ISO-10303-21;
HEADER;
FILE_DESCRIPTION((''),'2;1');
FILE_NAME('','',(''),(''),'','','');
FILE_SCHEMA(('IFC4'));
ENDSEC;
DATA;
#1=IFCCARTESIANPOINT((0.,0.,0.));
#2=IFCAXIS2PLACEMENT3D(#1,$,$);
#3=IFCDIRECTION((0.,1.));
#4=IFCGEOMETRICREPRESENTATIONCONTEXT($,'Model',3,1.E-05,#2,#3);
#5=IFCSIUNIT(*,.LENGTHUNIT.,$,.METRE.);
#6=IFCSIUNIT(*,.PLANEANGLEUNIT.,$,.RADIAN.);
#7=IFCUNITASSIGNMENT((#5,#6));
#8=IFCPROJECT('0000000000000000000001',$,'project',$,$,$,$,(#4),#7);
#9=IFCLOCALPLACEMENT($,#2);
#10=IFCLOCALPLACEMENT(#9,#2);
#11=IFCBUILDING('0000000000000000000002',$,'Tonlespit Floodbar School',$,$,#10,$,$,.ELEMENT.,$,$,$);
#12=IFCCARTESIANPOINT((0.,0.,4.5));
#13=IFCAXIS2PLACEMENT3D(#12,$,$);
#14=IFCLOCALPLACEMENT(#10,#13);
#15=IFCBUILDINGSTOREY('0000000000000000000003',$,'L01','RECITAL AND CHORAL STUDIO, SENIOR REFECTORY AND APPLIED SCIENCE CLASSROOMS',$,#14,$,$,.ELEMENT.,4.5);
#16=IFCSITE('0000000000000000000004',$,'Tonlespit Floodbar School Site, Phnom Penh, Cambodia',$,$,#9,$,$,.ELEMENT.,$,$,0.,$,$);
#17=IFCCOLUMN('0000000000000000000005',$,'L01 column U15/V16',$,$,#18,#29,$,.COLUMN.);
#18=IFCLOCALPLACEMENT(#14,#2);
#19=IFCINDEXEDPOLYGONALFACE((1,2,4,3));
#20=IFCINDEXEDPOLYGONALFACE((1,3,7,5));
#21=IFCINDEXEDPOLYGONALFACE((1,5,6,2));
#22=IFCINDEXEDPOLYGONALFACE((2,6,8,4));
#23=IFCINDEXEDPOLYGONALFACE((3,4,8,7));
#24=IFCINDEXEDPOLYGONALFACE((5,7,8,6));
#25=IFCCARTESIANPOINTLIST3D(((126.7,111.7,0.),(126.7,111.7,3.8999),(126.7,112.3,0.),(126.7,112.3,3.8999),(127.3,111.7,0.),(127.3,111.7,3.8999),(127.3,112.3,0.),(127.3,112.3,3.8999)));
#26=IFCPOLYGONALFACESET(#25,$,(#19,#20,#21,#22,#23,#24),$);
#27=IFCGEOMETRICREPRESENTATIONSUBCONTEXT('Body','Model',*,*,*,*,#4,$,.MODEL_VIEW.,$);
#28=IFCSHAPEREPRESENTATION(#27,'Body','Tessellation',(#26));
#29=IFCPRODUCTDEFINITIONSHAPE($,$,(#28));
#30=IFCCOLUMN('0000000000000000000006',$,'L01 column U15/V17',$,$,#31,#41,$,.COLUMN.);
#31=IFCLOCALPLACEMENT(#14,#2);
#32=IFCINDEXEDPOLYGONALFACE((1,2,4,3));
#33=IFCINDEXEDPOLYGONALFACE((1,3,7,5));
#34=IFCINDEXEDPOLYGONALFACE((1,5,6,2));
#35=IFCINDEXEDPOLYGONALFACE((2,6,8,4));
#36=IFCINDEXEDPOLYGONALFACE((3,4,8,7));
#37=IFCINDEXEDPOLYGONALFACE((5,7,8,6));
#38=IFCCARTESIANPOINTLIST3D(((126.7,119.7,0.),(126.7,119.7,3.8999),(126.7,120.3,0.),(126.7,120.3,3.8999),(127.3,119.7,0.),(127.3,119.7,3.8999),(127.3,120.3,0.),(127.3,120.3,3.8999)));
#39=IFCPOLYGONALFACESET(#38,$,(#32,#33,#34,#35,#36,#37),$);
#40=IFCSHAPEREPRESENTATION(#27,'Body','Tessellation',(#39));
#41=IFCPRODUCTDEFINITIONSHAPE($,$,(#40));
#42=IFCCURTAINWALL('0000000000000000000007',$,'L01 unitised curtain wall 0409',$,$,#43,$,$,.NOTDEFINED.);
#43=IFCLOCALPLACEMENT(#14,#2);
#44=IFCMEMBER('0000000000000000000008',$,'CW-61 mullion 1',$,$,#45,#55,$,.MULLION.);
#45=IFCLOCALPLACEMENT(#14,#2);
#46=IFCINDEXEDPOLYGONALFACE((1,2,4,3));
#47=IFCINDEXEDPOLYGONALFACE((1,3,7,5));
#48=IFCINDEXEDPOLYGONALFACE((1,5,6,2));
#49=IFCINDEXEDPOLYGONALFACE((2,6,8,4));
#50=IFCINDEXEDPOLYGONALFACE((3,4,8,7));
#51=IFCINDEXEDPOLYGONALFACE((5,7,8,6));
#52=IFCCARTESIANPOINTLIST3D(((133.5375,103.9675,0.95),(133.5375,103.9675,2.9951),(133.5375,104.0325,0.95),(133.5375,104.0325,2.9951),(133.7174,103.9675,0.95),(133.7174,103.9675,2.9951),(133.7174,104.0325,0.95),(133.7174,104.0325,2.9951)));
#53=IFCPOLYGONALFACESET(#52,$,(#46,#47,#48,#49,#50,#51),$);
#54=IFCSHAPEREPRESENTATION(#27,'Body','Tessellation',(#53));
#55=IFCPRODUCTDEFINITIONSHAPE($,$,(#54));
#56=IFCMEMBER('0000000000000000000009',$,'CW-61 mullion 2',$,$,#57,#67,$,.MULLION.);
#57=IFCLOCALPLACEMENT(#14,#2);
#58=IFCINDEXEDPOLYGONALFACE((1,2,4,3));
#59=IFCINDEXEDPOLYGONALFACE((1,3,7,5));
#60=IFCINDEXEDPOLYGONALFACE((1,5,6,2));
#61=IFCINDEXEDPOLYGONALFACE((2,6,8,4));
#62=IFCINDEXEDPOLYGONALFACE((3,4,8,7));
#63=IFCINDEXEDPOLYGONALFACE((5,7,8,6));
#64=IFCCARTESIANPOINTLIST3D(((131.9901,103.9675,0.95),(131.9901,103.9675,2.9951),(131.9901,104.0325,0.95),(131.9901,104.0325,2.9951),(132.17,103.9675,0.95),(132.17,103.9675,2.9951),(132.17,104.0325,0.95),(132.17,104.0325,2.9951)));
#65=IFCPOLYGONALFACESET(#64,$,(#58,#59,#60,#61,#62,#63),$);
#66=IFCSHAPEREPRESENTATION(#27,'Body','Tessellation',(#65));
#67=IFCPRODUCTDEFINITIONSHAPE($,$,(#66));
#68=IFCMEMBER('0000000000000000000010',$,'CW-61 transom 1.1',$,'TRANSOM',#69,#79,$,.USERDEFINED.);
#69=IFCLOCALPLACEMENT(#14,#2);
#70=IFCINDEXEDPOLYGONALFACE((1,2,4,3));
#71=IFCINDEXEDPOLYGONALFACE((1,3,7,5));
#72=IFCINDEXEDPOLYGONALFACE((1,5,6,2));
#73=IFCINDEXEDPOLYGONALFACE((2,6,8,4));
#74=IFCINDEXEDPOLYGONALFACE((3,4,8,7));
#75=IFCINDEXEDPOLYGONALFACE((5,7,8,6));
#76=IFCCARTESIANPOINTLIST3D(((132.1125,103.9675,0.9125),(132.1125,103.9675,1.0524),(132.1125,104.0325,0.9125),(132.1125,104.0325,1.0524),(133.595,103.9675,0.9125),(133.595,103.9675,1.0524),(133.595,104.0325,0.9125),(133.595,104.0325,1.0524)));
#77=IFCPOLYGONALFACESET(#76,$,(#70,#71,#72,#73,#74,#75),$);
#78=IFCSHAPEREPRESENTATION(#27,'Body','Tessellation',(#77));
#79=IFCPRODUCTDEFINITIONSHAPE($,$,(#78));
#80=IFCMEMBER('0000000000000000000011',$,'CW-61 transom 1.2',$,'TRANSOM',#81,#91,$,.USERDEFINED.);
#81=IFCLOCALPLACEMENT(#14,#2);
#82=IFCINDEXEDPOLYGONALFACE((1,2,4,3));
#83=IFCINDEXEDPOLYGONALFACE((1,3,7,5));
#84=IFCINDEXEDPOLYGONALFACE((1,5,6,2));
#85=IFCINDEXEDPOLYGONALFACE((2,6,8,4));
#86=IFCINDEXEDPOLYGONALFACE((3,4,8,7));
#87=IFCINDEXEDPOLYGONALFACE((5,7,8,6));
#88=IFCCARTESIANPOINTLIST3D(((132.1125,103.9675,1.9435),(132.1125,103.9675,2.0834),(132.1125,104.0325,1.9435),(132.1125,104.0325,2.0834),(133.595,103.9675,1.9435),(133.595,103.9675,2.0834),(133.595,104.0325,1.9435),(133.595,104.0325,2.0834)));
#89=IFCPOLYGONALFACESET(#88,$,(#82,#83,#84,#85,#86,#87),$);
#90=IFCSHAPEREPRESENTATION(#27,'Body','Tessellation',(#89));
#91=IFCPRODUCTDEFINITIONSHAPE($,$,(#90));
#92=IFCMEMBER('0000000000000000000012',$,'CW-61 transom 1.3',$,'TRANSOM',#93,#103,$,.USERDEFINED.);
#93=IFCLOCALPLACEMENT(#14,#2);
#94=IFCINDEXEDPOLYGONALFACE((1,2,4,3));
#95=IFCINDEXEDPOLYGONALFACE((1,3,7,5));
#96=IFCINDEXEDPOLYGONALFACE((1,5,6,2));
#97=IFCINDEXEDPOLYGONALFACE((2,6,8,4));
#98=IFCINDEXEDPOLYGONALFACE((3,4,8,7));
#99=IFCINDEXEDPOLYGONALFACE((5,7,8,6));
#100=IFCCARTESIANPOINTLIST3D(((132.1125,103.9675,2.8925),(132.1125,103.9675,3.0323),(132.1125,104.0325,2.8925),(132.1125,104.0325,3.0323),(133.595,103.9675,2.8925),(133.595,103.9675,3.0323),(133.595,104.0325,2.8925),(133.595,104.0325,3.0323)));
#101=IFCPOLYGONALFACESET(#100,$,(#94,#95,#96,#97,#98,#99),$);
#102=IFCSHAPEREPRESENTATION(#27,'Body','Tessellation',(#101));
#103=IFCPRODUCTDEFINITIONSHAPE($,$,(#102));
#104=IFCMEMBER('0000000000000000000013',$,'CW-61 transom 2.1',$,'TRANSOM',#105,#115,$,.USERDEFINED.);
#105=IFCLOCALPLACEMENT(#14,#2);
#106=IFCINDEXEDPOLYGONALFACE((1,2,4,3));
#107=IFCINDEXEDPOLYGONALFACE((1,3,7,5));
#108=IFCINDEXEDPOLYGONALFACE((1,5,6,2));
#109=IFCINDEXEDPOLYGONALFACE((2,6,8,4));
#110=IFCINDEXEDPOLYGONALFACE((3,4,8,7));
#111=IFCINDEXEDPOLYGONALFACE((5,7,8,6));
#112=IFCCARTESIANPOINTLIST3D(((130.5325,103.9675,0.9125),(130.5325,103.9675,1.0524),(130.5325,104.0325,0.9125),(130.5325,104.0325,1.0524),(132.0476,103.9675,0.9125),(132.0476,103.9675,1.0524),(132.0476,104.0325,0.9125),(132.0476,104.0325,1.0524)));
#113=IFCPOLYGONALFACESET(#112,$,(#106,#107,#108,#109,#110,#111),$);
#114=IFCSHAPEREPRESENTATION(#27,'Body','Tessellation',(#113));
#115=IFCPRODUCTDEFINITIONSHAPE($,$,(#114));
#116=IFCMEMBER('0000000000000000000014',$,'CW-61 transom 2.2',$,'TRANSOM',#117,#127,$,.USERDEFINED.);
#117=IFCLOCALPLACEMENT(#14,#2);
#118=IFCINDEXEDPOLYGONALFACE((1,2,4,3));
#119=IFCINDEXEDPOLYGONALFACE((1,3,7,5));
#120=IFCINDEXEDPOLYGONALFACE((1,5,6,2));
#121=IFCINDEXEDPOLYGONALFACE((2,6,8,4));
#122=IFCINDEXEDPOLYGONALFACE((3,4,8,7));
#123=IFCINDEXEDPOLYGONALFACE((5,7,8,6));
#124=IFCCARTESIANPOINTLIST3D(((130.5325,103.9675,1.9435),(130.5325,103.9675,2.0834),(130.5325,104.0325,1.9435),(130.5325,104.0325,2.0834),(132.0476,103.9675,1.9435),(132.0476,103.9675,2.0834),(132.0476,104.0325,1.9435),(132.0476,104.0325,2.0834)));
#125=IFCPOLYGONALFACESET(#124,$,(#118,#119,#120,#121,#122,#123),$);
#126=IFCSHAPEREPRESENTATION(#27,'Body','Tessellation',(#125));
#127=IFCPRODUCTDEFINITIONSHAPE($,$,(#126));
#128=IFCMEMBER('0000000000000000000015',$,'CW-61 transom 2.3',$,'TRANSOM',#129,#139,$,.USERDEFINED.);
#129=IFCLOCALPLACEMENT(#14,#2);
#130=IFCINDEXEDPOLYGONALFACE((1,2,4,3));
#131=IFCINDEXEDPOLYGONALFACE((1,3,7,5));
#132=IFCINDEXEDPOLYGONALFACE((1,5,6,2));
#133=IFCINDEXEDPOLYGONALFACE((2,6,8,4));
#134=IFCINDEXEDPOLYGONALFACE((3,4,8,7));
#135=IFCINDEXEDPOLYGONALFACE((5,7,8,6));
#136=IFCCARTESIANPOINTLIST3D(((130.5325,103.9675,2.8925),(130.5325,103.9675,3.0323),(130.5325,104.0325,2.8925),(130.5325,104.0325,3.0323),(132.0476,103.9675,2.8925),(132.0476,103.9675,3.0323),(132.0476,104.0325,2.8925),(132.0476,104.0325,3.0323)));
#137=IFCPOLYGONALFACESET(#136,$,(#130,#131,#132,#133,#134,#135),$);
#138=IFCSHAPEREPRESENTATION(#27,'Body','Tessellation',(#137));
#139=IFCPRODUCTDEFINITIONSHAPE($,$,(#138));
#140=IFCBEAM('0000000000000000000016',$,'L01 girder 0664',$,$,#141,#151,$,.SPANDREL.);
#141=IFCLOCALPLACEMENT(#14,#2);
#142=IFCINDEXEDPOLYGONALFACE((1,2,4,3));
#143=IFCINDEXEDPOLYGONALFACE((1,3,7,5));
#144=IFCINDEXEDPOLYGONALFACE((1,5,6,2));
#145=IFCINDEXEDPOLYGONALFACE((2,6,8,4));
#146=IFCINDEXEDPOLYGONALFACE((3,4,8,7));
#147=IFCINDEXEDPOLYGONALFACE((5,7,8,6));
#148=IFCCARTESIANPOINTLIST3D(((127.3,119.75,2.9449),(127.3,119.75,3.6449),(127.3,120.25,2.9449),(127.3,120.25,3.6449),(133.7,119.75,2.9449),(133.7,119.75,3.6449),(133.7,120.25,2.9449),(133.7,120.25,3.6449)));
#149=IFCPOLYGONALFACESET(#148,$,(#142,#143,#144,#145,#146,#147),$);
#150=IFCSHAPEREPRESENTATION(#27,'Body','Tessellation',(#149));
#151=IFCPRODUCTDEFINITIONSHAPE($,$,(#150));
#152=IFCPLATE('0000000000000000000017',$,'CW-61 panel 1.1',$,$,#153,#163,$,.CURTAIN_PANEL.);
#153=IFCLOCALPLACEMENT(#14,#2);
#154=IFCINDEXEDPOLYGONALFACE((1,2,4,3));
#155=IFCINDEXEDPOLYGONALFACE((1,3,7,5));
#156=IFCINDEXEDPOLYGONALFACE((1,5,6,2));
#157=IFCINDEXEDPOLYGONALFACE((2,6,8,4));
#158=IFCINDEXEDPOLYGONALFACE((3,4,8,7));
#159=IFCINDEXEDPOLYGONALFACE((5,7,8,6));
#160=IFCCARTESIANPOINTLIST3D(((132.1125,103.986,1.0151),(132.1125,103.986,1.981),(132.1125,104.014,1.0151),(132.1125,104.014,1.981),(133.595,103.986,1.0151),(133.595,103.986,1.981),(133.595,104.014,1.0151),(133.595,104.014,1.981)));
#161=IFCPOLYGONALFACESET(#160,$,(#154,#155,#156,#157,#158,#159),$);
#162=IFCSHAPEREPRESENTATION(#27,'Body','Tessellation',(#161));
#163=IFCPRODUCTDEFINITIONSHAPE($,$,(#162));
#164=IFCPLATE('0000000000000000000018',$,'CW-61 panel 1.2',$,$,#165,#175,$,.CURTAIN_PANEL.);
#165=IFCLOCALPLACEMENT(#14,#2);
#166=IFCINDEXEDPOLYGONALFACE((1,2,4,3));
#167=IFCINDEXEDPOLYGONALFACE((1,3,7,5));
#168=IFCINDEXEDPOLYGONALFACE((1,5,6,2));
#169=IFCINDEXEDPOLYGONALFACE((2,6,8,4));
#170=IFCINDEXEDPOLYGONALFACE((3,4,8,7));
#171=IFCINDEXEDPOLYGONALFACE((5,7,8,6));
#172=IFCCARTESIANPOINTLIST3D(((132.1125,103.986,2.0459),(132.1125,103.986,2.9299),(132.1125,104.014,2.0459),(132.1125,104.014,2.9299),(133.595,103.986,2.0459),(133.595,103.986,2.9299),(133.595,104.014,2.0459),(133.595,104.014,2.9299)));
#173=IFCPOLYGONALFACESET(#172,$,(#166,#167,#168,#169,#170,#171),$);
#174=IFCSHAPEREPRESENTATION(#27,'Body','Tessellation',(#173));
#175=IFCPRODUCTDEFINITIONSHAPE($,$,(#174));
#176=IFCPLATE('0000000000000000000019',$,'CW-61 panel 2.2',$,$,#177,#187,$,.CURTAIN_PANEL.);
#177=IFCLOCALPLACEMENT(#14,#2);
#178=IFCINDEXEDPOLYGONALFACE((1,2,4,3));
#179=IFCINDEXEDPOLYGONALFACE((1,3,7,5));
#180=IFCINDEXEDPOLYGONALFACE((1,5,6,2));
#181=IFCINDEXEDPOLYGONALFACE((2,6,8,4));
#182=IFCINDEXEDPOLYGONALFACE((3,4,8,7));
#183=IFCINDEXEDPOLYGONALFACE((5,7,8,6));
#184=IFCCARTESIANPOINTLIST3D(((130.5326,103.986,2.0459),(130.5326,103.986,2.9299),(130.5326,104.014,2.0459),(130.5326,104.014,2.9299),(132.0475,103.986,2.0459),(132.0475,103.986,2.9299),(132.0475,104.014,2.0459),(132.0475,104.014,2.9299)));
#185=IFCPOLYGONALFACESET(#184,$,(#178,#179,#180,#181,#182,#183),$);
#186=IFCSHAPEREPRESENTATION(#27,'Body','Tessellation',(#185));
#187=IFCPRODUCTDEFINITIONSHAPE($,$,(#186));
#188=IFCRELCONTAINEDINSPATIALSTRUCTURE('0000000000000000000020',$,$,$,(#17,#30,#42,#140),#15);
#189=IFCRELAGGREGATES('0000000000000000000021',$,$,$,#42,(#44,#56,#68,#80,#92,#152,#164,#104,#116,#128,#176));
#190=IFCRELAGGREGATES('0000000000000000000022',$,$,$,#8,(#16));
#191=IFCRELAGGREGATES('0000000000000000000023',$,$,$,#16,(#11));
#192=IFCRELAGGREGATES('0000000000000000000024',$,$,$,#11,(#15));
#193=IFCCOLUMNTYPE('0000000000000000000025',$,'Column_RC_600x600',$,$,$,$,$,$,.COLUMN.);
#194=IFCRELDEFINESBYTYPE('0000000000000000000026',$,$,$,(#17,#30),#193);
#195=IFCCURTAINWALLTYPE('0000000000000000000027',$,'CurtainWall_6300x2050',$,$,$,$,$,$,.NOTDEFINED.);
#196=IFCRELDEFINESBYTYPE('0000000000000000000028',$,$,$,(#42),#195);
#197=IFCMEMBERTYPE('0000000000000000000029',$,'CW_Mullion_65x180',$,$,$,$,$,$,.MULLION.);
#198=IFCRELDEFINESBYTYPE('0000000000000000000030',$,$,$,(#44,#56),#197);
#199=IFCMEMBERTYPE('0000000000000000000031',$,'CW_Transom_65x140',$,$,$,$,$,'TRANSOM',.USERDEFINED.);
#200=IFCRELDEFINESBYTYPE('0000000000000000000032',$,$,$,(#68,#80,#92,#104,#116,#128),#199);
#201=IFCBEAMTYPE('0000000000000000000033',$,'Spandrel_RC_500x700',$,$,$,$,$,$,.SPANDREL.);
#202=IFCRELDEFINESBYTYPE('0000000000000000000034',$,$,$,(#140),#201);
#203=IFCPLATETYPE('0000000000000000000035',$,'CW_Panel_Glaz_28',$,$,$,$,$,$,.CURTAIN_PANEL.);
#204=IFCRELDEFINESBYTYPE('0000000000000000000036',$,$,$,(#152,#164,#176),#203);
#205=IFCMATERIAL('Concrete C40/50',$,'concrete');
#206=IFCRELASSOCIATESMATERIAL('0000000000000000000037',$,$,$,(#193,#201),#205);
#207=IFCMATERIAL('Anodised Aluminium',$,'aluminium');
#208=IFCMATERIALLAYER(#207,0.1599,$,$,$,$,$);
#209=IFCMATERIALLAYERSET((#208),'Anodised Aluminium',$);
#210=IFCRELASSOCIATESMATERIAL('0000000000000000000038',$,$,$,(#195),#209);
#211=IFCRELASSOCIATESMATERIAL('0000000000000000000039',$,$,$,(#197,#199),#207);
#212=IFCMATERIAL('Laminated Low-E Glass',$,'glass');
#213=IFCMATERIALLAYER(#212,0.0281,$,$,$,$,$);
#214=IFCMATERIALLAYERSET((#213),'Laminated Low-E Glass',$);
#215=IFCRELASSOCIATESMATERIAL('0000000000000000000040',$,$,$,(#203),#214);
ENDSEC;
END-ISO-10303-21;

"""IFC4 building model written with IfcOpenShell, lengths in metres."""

from ifc_helpers import new_model, si_unit, direction, frame, origin, origin_2d, place, context, subcontext, project, spatial, rectangle, extrude, material, layer, layer_set, material_profile, profile_set, type_object, element, aggregate, save


model = new_model("IFC4")

# Units and contexts
model_context = context("Model", 3, precision=1e-05, world=origin(), true_north=direction((0.0, 1.0)))
body_context = subcontext(model_context, "Body", "Model", "MODEL_VIEW")
ifc_project = project(units=[si_unit("LENGTHUNIT", "METRE"), si_unit("PLANEANGLEUNIT", "RADIAN")], contexts=[model_context])

# Site, building, storey
site_placement = place(None, origin())
site = spatial("IfcSite", under=ifc_project, at=site_placement, Name="Tonlespit Floodbar School Site, Phnom Penh, Cambodia", CompositionType="ELEMENT", RefElevation=0.0)
building_placement = place(site_placement, origin())
building = spatial("IfcBuilding", under=site, at=building_placement, Name="Tonlespit Floodbar School", CompositionType="ELEMENT")
storey_placement = place(building_placement, frame((0.0, 0.0, 4.5)))
storey = spatial("IfcBuildingStorey", under=building, at=storey_placement, Name="L01", Description="RECITAL AND CHORAL STUDIO, SENIOR REFECTORY AND APPLIED SCIENCE CLASSROOMS", CompositionType="ELEMENT", Elevation=4.5)

# Columns
ifc_material_1 = material(Name="Concrete C40/50", Category="concrete")
ifc_material_profile_1 = material_profile(ifc_material_1, rectangle(XDim=0.6001, YDim=0.6001, at=origin_2d()), Name="RC 600x600")
ifc_profile_set_1 = profile_set([ifc_material_profile_1], Name="Concrete C40/50")
column_type = type_object("IfcColumnType", Name="Column_RC_600x600", PredefinedType="COLUMN", material=ifc_profile_set_1)
for number, where, z_axis, x_axis, name in (
    (1, (127.0, 112.0, 0.0), (0.0, 0.0, 1.0), (1.0, 0.0, 0.0), "L01 column U15/V16"),
    (2, (127.0, 120.0, 0.0), (0.0, 0.0, 1.0), (1.0, 0.0, 0.0), "L01 column U15/V17"),
):
    element("IfcColumn", number, at=place(storey_placement, frame(where, z_axis=z_axis, x_axis=x_axis)), inside=storey, type_object=column_type, Name=name, PredefinedType="COLUMN", context=body_context, shape_type="SweptSolid", body=[
        extrude(rectangle(XDim=0.6001, YDim=0.6001, at=origin_2d()), origin(), (0.0, 0.0, 1.0), 3.8999),
    ])

# Curtain wall, members
ifc_material_2 = material(Name="Anodised Aluminium", Category="aluminium")
ifc_layer_1 = layer(ifc_material_2, 0.1599)
ifc_layer_set_1 = layer_set([ifc_layer_1], Name="Anodised Aluminium")
curtain_wall_type = type_object("IfcCurtainWallType", Name="CurtainWall_6300x2050", PredefinedType="NOTDEFINED", material=ifc_layer_set_1)
curtain_wall_placement = place(storey_placement, origin())
curtain_wall = element("IfcCurtainWall", 3, at=curtain_wall_placement, inside=storey, type_object=curtain_wall_type, Name="L01 unitised curtain wall 0409", PredefinedType="NOTDEFINED")
ifc_material_profile_2 = material_profile(ifc_material_2, rectangle(XDim=0.0649, YDim=0.1799, at=origin_2d()), Name="ALU M65x180")
ifc_profile_set_2 = profile_set([ifc_material_profile_2], Name="Anodised Aluminium")
member_type_1 = type_object("IfcMemberType", Name="CW_Mullion_65x180", PredefinedType="MULLION", material=ifc_profile_set_2)
member_1_placement = place(storey_placement, frame((133.6274, 104.0, 0.95), z_axis=(0.0, 0.0, 1.0), x_axis=(0.0, -1.0, 0.0)))
member_1 = element("IfcMember", 4, at=member_1_placement, type_object=member_type_1, Name="CW-61 mullion 1", PredefinedType="MULLION", context=body_context, shape_type="SweptSolid", body=[
    extrude(rectangle(XDim=0.0649, YDim=0.1799, at=origin_2d()), origin(), (0.0, 0.0, 1.0), 2.0452),
])
member_2_placement = place(storey_placement, frame((132.0801, 104.0, 0.95), z_axis=(0.0, 0.0, 1.0), x_axis=(0.0, -1.0, 0.0)))
member_2 = element("IfcMember", 5, at=member_2_placement, type_object=member_type_1, Name="CW-61 mullion 2", PredefinedType="MULLION", context=body_context, shape_type="SweptSolid", body=[
    extrude(rectangle(XDim=0.0649, YDim=0.1799, at=origin_2d()), origin(), (0.0, 0.0, 1.0), 2.0452),
])
ifc_material_profile_3 = material_profile(ifc_material_2, rectangle(XDim=0.0649, YDim=0.1399, at=origin_2d()), Name="ALU T65x140")
ifc_profile_set_3 = profile_set([ifc_material_profile_3], Name="Anodised Aluminium")
member_type_2 = type_object("IfcMemberType", Name="CW_Transom_65x140", ElementType="TRANSOM", PredefinedType="USERDEFINED", material=ifc_profile_set_3)
member_3_placement = place(storey_placement, frame((133.595, 104.0, 0.9824), z_axis=(-1.0, 0.0, 0.0), x_axis=(0.0, -1.0, 0.0)))
member_3 = element("IfcMember", 6, at=member_3_placement, type_object=member_type_2, Name="CW-61 transom 1.1", ObjectType="TRANSOM", PredefinedType="USERDEFINED", context=body_context, shape_type="SweptSolid", body=[
    extrude(rectangle(XDim=0.0649, YDim=0.1399, at=origin_2d()), origin(), (0.0, 0.0, 1.0), 1.4824),
])
member_4_placement = place(storey_placement, frame((133.595, 104.0, 2.0134), z_axis=(-1.0, 0.0, 0.0), x_axis=(0.0, -1.0, 0.0)))
member_4 = element("IfcMember", 7, at=member_4_placement, type_object=member_type_2, Name="CW-61 transom 1.2", ObjectType="TRANSOM", PredefinedType="USERDEFINED", context=body_context, shape_type="SweptSolid", body=[
    extrude(rectangle(XDim=0.0649, YDim=0.1399, at=origin_2d()), origin(), (0.0, 0.0, 1.0), 1.4824),
])
member_5_placement = place(storey_placement, frame((133.595, 104.0, 2.9624), z_axis=(-1.0, 0.0, 0.0), x_axis=(0.0, -1.0, 0.0)))
member_5 = element("IfcMember", 8, at=member_5_placement, type_object=member_type_2, Name="CW-61 transom 1.3", ObjectType="TRANSOM", PredefinedType="USERDEFINED", context=body_context, shape_type="SweptSolid", body=[
    extrude(rectangle(XDim=0.0649, YDim=0.1399, at=origin_2d()), origin(), (0.0, 0.0, 1.0), 1.4824),
])
member_6_placement = place(storey_placement, frame((132.0476, 104.0, 0.9824), z_axis=(-1.0, 0.0, 0.0), x_axis=(0.0, -1.0, 0.0)))
member_6 = element("IfcMember", 9, at=member_6_placement, type_object=member_type_2, Name="CW-61 transom 2.1", ObjectType="TRANSOM", PredefinedType="USERDEFINED", context=body_context, shape_type="SweptSolid", body=[
    extrude(rectangle(XDim=0.0649, YDim=0.1399, at=origin_2d()), origin(), (0.0, 0.0, 1.0), 1.5151),
])
member_7_placement = place(storey_placement, frame((132.0476, 104.0, 2.0134), z_axis=(-1.0, 0.0, 0.0), x_axis=(0.0, -1.0, 0.0)))
member_7 = element("IfcMember", 10, at=member_7_placement, type_object=member_type_2, Name="CW-61 transom 2.2", ObjectType="TRANSOM", PredefinedType="USERDEFINED", context=body_context, shape_type="SweptSolid", body=[
    extrude(rectangle(XDim=0.0649, YDim=0.1399, at=origin_2d()), origin(), (0.0, 0.0, 1.0), 1.5151),
])
member_8_placement = place(storey_placement, frame((132.0476, 104.0, 2.9624), z_axis=(-1.0, 0.0, 0.0), x_axis=(0.0, -1.0, 0.0)))
member_8 = element("IfcMember", 11, at=member_8_placement, type_object=member_type_2, Name="CW-61 transom 2.3", ObjectType="TRANSOM", PredefinedType="USERDEFINED", context=body_context, shape_type="SweptSolid", body=[
    extrude(rectangle(XDim=0.0649, YDim=0.1399, at=origin_2d()), origin(), (0.0, 0.0, 1.0), 1.5151),
])

# Beam
ifc_material_profile_4 = material_profile(ifc_material_1, rectangle(XDim=0.5, YDim=0.7, at=origin_2d()), Name="RC 500x700")
ifc_profile_set_4 = profile_set([ifc_material_profile_4], Name="Concrete C40/50")
beam_type = type_object("IfcBeamType", Name="Spandrel_RC_500x700", PredefinedType="SPANDREL", material=ifc_profile_set_4)
beam_placement = place(storey_placement, frame((127.3, 120.0, 3.2949), z_axis=(1.0, 0.0, 0.0), x_axis=(0.0, 1.0, 0.0)))
element("IfcBeam", 12, at=beam_placement, inside=storey, type_object=beam_type, Name="L01 girder 0664", PredefinedType="SPANDREL", context=body_context, shape_type="SweptSolid", body=[
    extrude(rectangle(XDim=0.5, YDim=0.7, at=origin_2d()), origin(), (0.0, 0.0, 1.0), 6.3999),
])

# Plates
ifc_material_3 = material(Name="Laminated Low-E Glass", Category="glass")
ifc_layer_2 = layer(ifc_material_3, 0.0281)
ifc_layer_set_2 = layer_set([ifc_layer_2], Name="Laminated Low-E Glass")
plate_type = type_object("IfcPlateType", Name="CW_Panel_Glaz_28", PredefinedType="CURTAIN_PANEL", material=ifc_layer_set_2)
plate_1_placement = place(storey_placement, frame((132.8538, 104.0, 1.0151), z_axis=(0.0, 0.0, 1.0), x_axis=(-1.0, 0.0, 0.0)))
plate_1 = element("IfcPlate", 13, at=plate_1_placement, type_object=plate_type, Name="CW-61 panel 1.1", PredefinedType="CURTAIN_PANEL", context=body_context, shape_type="SweptSolid", body=[
    extrude(rectangle(XDim=1.4824, YDim=0.0281, at=origin_2d()), origin(), (0.0, 0.0, 1.0), 0.9658),
])
plate_2_placement = place(storey_placement, frame((132.8538, 104.0, 2.0459), z_axis=(0.0, 0.0, 1.0), x_axis=(-1.0, 0.0, 0.0)))
plate_2 = element("IfcPlate", 14, at=plate_2_placement, type_object=plate_type, Name="CW-61 panel 1.2", PredefinedType="CURTAIN_PANEL", context=body_context, shape_type="SweptSolid", body=[
    extrude(rectangle(XDim=1.4824, YDim=0.0281, at=origin_2d()), origin(), (0.0, 0.0, 1.0), 0.884),
])
plate_3_placement = place(storey_placement, frame((131.29, 104.0, 2.0459), z_axis=(0.0, 0.0, 1.0), x_axis=(-1.0, 0.0, 0.0)))
plate_3 = element("IfcPlate", 15, at=plate_3_placement, type_object=plate_type, Name="CW-61 panel 2.2", PredefinedType="CURTAIN_PANEL", context=body_context, shape_type="SweptSolid", body=[
    extrude(rectangle(XDim=1.5149, YDim=0.0281, at=origin_2d()), origin(), (0.0, 0.0, 1.0), 0.884),
])
aggregate(curtain_wall, [member_1, member_2, member_3, member_4, member_5, plate_1, plate_2, member_6, member_7, member_8, plate_3])

save(model, "model.ifc")
